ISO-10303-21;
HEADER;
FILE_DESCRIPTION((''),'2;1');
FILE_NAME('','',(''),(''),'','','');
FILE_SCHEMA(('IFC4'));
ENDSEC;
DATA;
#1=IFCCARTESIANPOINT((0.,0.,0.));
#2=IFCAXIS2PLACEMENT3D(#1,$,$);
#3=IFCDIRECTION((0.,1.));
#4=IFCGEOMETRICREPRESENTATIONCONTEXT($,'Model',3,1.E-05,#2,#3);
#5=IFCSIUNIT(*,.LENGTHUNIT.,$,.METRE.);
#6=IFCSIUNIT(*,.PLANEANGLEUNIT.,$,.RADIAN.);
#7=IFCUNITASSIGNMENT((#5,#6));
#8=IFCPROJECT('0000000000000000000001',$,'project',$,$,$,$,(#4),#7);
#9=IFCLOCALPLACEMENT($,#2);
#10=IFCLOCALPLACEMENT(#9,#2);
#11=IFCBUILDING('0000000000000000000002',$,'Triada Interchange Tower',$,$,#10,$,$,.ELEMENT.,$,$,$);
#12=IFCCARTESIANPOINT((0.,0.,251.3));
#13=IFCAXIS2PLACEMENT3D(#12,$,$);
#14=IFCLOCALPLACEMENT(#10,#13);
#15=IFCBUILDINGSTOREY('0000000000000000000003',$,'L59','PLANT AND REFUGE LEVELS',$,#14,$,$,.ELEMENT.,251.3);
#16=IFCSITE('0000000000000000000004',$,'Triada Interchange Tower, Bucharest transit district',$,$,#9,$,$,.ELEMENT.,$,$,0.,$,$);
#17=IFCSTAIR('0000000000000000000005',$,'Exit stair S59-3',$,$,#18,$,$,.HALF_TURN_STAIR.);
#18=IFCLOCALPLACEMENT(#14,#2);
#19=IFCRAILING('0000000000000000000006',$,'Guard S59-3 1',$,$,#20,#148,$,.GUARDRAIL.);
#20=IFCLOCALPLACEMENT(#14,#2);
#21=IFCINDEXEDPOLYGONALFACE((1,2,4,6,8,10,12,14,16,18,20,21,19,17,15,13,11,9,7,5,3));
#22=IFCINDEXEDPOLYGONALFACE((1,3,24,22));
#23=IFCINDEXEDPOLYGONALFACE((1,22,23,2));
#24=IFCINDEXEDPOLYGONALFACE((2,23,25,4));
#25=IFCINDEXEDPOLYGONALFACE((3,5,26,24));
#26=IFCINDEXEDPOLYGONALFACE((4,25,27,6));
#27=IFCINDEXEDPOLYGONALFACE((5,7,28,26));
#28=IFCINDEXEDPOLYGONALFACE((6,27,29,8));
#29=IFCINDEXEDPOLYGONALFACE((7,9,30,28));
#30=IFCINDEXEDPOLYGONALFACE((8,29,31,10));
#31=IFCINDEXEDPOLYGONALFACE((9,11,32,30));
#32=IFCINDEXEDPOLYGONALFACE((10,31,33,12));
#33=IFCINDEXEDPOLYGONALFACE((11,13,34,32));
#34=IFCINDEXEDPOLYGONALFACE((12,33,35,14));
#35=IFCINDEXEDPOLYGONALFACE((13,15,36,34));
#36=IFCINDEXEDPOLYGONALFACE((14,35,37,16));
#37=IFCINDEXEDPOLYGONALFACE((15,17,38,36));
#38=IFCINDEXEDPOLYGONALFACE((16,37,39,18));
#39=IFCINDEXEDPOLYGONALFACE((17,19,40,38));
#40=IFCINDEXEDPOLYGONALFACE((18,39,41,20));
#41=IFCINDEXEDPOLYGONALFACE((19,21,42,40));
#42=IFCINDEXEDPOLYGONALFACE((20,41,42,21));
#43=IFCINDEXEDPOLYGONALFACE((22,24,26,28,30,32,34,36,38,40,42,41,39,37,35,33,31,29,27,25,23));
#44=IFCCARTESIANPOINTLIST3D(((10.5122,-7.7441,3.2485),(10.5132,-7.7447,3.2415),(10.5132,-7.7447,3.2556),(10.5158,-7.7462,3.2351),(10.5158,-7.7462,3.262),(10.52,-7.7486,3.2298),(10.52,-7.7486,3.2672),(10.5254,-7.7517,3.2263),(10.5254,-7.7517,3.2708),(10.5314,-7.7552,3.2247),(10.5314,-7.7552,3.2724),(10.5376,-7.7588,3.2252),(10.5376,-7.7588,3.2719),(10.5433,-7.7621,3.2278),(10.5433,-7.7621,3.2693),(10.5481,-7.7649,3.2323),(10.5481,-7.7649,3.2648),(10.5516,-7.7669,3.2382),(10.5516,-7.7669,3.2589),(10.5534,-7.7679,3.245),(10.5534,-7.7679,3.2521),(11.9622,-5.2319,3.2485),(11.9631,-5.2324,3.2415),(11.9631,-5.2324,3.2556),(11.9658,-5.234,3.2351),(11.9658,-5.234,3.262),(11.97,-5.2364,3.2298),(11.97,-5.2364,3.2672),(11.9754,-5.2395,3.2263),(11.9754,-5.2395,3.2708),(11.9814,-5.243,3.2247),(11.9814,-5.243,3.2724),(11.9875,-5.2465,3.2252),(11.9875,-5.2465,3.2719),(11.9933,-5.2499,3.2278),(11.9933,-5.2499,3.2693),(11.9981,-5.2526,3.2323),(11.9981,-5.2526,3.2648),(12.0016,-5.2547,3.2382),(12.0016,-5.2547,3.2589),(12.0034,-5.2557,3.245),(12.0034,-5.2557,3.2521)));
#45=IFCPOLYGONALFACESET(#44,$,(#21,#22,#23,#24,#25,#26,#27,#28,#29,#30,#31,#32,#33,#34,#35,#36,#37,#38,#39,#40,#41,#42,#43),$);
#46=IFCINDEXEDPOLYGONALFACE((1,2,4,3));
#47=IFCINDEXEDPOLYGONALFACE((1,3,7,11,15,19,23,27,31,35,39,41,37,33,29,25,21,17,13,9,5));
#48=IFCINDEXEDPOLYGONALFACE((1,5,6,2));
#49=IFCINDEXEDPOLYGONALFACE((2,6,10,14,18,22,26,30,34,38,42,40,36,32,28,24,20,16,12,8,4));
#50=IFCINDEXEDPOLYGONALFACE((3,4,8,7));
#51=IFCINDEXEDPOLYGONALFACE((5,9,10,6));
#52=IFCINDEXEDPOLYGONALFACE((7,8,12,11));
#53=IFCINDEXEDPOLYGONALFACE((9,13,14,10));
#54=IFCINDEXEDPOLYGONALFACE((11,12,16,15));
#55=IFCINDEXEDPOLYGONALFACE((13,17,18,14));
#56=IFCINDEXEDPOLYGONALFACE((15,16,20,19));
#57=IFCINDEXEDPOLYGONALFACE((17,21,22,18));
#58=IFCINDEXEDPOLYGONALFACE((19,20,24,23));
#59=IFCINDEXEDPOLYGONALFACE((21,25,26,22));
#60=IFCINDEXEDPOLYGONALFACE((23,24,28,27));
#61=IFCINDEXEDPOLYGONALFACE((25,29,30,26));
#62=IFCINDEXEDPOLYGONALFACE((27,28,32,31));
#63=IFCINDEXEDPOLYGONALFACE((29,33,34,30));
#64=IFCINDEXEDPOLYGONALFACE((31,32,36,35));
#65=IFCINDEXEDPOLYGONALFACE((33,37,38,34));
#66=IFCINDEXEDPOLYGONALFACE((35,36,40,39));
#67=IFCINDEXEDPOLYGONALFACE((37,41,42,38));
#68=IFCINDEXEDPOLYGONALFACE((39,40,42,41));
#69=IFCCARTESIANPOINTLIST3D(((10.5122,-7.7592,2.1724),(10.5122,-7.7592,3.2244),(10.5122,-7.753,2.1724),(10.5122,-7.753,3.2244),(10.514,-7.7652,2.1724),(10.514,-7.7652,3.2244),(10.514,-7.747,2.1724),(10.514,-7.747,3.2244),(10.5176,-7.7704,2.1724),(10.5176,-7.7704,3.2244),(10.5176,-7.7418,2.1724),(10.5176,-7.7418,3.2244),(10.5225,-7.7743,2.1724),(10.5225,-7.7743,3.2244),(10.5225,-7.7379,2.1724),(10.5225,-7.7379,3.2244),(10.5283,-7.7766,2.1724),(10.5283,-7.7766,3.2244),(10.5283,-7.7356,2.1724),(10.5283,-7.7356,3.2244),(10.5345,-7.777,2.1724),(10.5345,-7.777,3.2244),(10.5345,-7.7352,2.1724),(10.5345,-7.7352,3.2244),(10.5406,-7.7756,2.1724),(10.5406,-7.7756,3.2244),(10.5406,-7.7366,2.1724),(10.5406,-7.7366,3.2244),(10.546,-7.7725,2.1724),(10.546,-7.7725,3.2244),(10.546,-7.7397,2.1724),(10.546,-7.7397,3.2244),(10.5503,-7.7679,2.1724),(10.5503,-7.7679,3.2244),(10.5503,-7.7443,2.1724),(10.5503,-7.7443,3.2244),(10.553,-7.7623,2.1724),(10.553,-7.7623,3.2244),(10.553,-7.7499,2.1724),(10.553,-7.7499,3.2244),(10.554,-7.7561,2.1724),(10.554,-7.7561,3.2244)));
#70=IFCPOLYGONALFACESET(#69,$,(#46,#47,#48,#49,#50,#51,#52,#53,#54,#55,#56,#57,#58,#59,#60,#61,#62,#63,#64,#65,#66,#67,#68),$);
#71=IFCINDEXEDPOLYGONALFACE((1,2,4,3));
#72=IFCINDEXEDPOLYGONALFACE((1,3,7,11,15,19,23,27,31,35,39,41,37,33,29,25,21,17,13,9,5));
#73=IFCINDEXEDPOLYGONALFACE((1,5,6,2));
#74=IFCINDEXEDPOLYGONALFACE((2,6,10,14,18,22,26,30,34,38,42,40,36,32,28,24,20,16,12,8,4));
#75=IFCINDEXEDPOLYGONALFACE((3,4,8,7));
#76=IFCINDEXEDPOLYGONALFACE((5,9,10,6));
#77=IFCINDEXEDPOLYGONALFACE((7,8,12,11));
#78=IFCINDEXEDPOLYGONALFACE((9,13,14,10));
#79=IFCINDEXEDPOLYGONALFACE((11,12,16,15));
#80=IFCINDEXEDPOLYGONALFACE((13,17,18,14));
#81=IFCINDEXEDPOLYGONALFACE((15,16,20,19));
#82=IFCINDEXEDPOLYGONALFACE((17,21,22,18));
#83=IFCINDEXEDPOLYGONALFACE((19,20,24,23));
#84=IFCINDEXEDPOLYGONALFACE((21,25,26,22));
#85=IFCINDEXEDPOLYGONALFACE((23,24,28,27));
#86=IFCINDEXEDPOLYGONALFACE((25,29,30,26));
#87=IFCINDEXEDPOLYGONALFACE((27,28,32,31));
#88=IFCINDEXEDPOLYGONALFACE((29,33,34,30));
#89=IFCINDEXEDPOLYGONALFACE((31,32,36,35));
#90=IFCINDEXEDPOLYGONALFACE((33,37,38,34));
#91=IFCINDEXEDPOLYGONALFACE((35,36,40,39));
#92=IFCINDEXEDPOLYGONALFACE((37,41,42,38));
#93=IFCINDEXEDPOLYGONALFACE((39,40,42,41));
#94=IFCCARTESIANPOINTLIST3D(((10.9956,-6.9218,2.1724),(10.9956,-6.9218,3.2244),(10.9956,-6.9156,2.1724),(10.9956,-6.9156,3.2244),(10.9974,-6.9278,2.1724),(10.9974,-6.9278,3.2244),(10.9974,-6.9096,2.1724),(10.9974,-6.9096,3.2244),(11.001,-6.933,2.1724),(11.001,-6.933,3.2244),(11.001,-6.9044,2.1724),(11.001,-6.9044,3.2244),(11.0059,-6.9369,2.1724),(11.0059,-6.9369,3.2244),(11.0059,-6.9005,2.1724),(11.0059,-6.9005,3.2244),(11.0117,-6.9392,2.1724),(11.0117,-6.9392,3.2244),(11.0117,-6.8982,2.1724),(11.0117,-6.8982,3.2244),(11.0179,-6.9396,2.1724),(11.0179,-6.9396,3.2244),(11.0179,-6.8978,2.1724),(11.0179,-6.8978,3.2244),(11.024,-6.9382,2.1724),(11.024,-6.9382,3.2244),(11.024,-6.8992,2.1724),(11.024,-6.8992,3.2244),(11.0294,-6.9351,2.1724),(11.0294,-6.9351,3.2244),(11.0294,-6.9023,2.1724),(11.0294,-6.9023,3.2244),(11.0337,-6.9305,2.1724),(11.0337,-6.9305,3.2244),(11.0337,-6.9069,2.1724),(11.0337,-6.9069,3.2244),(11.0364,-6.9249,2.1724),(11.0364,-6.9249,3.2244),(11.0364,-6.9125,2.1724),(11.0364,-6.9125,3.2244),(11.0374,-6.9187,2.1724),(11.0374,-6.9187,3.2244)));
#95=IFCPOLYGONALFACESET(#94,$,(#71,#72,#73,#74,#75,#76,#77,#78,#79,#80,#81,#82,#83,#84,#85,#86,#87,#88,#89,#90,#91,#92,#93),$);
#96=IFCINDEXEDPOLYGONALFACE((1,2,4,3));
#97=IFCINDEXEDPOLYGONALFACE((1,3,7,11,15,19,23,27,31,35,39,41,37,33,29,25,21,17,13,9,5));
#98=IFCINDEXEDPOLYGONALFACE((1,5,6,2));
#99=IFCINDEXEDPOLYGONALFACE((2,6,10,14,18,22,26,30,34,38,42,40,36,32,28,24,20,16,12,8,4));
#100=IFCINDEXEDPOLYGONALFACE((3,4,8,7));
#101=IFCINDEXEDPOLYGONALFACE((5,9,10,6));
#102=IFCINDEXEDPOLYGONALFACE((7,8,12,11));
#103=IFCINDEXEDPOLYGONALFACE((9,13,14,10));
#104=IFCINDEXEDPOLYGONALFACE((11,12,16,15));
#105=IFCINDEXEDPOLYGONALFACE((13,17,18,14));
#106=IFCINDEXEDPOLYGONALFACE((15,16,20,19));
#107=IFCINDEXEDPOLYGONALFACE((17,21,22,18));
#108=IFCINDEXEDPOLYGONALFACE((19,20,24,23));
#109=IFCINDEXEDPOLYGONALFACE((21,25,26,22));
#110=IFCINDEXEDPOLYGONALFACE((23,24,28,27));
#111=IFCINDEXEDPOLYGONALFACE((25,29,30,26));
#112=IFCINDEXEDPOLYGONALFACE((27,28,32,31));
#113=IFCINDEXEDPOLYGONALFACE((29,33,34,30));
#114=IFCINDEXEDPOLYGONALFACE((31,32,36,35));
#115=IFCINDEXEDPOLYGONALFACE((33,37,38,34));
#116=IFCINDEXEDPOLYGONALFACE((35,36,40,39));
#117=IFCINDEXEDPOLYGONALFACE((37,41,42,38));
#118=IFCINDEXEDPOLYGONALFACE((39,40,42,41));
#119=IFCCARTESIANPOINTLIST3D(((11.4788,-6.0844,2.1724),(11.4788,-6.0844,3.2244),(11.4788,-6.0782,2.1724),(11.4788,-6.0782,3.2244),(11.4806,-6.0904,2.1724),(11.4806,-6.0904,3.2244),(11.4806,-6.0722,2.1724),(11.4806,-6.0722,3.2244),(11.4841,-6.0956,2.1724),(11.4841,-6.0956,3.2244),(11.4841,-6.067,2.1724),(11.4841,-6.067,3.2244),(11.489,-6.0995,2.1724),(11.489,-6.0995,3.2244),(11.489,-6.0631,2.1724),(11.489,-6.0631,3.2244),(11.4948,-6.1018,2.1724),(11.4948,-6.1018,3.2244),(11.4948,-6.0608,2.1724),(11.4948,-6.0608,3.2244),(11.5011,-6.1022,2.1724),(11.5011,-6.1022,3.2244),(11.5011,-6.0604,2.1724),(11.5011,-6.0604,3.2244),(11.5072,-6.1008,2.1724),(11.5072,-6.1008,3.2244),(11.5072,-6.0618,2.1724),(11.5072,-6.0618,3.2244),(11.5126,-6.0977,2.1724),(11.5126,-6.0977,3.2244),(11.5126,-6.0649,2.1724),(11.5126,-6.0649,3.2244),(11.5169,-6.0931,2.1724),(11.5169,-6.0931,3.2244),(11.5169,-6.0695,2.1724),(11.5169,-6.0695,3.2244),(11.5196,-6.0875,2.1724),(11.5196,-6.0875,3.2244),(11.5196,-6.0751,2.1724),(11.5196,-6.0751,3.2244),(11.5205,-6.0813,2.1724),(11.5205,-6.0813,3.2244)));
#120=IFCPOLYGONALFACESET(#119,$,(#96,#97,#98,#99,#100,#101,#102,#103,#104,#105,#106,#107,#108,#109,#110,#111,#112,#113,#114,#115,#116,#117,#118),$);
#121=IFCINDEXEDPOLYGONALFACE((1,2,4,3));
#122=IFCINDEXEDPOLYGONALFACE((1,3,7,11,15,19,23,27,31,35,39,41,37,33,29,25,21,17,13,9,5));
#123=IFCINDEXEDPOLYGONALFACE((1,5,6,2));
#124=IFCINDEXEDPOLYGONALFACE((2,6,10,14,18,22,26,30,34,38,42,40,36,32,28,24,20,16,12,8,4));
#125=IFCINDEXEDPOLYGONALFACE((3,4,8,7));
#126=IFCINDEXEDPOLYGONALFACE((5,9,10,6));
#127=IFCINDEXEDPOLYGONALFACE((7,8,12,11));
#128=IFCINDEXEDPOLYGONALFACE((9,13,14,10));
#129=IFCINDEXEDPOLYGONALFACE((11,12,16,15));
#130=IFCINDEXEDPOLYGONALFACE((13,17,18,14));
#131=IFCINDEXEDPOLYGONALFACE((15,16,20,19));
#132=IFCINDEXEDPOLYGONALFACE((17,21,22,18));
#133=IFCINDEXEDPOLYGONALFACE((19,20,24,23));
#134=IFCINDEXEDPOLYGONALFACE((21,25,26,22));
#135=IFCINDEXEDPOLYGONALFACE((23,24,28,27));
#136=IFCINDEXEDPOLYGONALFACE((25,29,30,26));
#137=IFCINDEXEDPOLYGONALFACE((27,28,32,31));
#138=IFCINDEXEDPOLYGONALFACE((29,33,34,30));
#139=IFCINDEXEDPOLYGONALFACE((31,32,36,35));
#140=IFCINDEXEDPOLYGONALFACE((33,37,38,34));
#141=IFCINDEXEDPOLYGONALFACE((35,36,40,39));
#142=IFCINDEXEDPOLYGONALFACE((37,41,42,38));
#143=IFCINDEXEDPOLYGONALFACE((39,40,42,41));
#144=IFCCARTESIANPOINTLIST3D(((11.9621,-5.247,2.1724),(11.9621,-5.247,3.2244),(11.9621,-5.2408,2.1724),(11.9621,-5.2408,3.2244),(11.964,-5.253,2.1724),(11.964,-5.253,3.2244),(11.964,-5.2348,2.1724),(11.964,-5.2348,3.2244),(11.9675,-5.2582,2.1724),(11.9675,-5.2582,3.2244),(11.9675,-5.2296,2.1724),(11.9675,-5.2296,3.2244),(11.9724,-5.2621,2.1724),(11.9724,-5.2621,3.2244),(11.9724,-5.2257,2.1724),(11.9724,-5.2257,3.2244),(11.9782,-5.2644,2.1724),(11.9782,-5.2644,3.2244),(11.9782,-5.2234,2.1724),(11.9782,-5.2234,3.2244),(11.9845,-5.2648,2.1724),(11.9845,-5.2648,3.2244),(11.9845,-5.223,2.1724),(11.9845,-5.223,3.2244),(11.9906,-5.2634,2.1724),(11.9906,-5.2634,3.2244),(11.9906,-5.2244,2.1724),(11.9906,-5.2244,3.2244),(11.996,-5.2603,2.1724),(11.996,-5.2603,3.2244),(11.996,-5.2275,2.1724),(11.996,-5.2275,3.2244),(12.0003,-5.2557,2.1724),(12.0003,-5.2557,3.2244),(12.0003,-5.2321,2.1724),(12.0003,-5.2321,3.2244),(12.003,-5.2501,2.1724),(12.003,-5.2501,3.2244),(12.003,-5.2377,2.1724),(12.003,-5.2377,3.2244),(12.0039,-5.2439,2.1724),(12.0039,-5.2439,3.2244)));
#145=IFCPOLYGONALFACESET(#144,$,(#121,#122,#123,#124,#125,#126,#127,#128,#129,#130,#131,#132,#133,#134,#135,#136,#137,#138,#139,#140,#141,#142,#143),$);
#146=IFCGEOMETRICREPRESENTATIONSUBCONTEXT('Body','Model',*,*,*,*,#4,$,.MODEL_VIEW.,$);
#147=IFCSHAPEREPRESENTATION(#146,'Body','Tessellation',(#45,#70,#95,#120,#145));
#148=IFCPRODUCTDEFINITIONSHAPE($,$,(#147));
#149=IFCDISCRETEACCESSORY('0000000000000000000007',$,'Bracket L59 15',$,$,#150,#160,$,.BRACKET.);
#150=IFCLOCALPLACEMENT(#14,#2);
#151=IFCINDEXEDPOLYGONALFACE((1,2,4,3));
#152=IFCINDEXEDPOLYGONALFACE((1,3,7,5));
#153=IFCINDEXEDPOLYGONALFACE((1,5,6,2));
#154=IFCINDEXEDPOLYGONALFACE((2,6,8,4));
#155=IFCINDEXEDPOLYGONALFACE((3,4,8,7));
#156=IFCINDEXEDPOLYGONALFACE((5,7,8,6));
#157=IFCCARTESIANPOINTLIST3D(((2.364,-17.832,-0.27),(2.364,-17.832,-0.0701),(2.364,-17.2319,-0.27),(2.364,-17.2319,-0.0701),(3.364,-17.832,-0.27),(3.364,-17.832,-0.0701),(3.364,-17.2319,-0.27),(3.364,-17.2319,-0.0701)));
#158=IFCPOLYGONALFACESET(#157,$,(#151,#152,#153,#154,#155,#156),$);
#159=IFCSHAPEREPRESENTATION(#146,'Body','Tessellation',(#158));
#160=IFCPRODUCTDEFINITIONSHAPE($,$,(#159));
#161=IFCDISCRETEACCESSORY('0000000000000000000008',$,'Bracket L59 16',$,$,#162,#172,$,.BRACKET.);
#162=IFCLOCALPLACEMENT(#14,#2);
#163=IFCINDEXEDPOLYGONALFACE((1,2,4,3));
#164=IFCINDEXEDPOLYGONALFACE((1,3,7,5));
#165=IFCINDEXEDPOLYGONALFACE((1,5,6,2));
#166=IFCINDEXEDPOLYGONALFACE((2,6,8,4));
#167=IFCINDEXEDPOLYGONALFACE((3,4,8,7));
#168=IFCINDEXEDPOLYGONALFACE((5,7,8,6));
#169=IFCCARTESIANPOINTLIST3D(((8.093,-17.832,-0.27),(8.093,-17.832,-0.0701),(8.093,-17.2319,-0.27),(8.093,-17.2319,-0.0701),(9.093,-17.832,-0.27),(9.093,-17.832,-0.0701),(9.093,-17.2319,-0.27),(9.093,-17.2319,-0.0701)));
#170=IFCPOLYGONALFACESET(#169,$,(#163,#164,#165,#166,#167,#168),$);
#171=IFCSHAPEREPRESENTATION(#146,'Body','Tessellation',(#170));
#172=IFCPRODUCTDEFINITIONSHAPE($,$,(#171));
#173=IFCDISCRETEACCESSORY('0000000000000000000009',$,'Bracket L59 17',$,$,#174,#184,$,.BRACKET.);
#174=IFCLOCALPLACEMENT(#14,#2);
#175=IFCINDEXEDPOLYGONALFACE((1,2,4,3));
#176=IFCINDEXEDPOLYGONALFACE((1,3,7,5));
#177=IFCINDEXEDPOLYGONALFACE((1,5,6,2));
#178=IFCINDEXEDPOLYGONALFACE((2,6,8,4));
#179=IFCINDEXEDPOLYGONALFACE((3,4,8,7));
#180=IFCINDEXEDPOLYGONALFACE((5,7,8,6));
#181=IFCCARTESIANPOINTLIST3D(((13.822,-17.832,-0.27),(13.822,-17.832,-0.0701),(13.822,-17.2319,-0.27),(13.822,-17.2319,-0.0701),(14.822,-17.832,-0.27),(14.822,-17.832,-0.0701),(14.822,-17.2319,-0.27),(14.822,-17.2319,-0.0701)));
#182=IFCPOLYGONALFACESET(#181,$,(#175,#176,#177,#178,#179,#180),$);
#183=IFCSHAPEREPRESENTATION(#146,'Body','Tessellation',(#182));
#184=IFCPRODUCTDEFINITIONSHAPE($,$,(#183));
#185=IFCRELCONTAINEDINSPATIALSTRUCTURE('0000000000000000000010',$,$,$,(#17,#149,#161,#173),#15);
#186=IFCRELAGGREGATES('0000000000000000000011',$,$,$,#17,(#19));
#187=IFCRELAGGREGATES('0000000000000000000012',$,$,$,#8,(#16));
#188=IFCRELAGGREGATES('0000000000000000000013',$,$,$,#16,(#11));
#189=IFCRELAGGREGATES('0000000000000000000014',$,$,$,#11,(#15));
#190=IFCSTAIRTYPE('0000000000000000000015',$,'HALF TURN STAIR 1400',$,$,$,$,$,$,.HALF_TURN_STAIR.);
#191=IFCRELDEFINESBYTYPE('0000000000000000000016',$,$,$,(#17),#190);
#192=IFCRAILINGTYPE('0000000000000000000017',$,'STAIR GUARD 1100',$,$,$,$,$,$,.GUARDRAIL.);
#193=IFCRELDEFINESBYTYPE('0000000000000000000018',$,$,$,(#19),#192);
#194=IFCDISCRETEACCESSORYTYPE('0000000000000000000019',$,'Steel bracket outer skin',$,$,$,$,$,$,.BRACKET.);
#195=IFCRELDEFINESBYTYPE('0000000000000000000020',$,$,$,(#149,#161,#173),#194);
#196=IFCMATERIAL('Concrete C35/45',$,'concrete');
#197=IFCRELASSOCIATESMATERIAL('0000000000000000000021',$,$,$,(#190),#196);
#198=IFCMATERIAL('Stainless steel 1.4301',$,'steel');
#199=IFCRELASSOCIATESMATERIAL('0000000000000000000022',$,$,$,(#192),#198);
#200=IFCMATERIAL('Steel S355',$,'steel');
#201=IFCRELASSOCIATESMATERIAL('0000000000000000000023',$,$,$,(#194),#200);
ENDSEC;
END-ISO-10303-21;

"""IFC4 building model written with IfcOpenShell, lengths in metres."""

from ifc_helpers import new_model, si_unit, direction, frame, origin, origin_2d, place, context, subcontext, project, spatial, rectangle, circle, extrude, material, type_object, element, aggregate, save


model = new_model("IFC4")

# Units and contexts
model_context = context("Model", 3, precision=1e-05, world=origin(), true_north=direction((0.0, 1.0)))
body_context = subcontext(model_context, "Body", "Model", "MODEL_VIEW")
ifc_project = project(units=[si_unit("LENGTHUNIT", "METRE"), si_unit("PLANEANGLEUNIT", "RADIAN")], contexts=[model_context])

# Site, building, storey
site_placement = place(None, origin())
site = spatial("IfcSite", under=ifc_project, at=site_placement, Name="Triada Interchange Tower, Bucharest transit district", CompositionType="ELEMENT", RefElevation=0.0)
building_placement = place(site_placement, origin())
building = spatial("IfcBuilding", under=site, at=building_placement, Name="Triada Interchange Tower", CompositionType="ELEMENT")
storey_placement = place(building_placement, frame((0.0, 0.0, 251.3)))
storey = spatial("IfcBuildingStorey", under=building, at=storey_placement, Name="L59", Description="PLANT AND REFUGE LEVELS", CompositionType="ELEMENT", Elevation=251.3)

# Shared definitions
ifc_material_1 = material(Name="Steel S355", Category="steel")

# Stair, railing
ifc_material_2 = material(Name="Concrete C35/45", Category="concrete")
stair_type = type_object("IfcStairType", Name="HALF TURN STAIR 1400", PredefinedType="HALF_TURN_STAIR", material=ifc_material_2)
stair_placement = place(storey_placement, origin())
stair = element("IfcStair", 1, at=stair_placement, inside=storey, type_object=stair_type, Name="Exit stair S59-3", PredefinedType="HALF_TURN_STAIR")
ifc_material_3 = material(Name="Stainless steel 1.4301", Category="steel")
railing_type = type_object("IfcRailingType", Name="STAIR GUARD 1100", PredefinedType="GUARDRAIL", material=ifc_material_3)
railing_placement = place(storey_placement, frame((10.533, -7.7561, 2.1724)))
railing = element("IfcRailing", 2, at=railing_placement, type_object=railing_type, Name="Guard S59-3 1", PredefinedType="GUARDRAIL", context=body_context, shape_type="SweptSolid", body=[
    extrude(circle(Radius=0.0239, at=origin_2d()), frame((0.0, 0.0, 1.0762), z_axis=(0.499878, 0.866096, 0.0), x_axis=(-0.866096, 0.499878, 0.0)), (0.0, 0.0, 1.0), 2.9006),
    extrude(circle(Radius=0.021, at=origin_2d()), origin(), (0.0, 0.0, 1.0), 1.052),
    extrude(circle(Radius=0.021, at=origin_2d()), frame((0.4834, 0.8374, 0.0)), (0.0, 0.0, 1.0), 1.052),
    extrude(circle(Radius=0.021, at=origin_2d()), frame((0.9666, 1.6748, 0.0)), (0.0, 0.0, 1.0), 1.052),
    extrude(circle(Radius=0.021, at=origin_2d()), frame((1.45, 2.5122, 0.0)), (0.0, 0.0, 1.0), 1.052),
])
aggregate(stair, [railing])

# Discrete accessories
discrete_accessory_type = type_object("IfcDiscreteAccessoryType", Name="Steel bracket outer skin", PredefinedType="BRACKET", material=ifc_material_1)
for number, where, z_axis, x_axis, name in (
    (3, (2.864, -17.532, -0.27), (0.0, 0.0, 1.0), (0.0, -1.0, 0.0), "Bracket L59 15"),
    (4, (8.593, -17.532, -0.27), (0.0, 0.0, 1.0), (0.0, -1.0, 0.0), "Bracket L59 16"),
    (5, (14.322, -17.532, -0.27), (0.0, 0.0, 1.0), (0.0, -1.0, 0.0), "Bracket L59 17"),
):
    element("IfcDiscreteAccessory", number, at=place(storey_placement, frame(where, z_axis=z_axis, x_axis=x_axis)), inside=storey, type_object=discrete_accessory_type, Name=name, PredefinedType="BRACKET", context=body_context, shape_type="SweptSolid", body=[
        extrude(rectangle(XDim=0.6001, YDim=1.0, at=origin_2d()), origin(), (0.0, 0.0, 1.0), 0.2),
    ])

save(model, "model.ifc")
